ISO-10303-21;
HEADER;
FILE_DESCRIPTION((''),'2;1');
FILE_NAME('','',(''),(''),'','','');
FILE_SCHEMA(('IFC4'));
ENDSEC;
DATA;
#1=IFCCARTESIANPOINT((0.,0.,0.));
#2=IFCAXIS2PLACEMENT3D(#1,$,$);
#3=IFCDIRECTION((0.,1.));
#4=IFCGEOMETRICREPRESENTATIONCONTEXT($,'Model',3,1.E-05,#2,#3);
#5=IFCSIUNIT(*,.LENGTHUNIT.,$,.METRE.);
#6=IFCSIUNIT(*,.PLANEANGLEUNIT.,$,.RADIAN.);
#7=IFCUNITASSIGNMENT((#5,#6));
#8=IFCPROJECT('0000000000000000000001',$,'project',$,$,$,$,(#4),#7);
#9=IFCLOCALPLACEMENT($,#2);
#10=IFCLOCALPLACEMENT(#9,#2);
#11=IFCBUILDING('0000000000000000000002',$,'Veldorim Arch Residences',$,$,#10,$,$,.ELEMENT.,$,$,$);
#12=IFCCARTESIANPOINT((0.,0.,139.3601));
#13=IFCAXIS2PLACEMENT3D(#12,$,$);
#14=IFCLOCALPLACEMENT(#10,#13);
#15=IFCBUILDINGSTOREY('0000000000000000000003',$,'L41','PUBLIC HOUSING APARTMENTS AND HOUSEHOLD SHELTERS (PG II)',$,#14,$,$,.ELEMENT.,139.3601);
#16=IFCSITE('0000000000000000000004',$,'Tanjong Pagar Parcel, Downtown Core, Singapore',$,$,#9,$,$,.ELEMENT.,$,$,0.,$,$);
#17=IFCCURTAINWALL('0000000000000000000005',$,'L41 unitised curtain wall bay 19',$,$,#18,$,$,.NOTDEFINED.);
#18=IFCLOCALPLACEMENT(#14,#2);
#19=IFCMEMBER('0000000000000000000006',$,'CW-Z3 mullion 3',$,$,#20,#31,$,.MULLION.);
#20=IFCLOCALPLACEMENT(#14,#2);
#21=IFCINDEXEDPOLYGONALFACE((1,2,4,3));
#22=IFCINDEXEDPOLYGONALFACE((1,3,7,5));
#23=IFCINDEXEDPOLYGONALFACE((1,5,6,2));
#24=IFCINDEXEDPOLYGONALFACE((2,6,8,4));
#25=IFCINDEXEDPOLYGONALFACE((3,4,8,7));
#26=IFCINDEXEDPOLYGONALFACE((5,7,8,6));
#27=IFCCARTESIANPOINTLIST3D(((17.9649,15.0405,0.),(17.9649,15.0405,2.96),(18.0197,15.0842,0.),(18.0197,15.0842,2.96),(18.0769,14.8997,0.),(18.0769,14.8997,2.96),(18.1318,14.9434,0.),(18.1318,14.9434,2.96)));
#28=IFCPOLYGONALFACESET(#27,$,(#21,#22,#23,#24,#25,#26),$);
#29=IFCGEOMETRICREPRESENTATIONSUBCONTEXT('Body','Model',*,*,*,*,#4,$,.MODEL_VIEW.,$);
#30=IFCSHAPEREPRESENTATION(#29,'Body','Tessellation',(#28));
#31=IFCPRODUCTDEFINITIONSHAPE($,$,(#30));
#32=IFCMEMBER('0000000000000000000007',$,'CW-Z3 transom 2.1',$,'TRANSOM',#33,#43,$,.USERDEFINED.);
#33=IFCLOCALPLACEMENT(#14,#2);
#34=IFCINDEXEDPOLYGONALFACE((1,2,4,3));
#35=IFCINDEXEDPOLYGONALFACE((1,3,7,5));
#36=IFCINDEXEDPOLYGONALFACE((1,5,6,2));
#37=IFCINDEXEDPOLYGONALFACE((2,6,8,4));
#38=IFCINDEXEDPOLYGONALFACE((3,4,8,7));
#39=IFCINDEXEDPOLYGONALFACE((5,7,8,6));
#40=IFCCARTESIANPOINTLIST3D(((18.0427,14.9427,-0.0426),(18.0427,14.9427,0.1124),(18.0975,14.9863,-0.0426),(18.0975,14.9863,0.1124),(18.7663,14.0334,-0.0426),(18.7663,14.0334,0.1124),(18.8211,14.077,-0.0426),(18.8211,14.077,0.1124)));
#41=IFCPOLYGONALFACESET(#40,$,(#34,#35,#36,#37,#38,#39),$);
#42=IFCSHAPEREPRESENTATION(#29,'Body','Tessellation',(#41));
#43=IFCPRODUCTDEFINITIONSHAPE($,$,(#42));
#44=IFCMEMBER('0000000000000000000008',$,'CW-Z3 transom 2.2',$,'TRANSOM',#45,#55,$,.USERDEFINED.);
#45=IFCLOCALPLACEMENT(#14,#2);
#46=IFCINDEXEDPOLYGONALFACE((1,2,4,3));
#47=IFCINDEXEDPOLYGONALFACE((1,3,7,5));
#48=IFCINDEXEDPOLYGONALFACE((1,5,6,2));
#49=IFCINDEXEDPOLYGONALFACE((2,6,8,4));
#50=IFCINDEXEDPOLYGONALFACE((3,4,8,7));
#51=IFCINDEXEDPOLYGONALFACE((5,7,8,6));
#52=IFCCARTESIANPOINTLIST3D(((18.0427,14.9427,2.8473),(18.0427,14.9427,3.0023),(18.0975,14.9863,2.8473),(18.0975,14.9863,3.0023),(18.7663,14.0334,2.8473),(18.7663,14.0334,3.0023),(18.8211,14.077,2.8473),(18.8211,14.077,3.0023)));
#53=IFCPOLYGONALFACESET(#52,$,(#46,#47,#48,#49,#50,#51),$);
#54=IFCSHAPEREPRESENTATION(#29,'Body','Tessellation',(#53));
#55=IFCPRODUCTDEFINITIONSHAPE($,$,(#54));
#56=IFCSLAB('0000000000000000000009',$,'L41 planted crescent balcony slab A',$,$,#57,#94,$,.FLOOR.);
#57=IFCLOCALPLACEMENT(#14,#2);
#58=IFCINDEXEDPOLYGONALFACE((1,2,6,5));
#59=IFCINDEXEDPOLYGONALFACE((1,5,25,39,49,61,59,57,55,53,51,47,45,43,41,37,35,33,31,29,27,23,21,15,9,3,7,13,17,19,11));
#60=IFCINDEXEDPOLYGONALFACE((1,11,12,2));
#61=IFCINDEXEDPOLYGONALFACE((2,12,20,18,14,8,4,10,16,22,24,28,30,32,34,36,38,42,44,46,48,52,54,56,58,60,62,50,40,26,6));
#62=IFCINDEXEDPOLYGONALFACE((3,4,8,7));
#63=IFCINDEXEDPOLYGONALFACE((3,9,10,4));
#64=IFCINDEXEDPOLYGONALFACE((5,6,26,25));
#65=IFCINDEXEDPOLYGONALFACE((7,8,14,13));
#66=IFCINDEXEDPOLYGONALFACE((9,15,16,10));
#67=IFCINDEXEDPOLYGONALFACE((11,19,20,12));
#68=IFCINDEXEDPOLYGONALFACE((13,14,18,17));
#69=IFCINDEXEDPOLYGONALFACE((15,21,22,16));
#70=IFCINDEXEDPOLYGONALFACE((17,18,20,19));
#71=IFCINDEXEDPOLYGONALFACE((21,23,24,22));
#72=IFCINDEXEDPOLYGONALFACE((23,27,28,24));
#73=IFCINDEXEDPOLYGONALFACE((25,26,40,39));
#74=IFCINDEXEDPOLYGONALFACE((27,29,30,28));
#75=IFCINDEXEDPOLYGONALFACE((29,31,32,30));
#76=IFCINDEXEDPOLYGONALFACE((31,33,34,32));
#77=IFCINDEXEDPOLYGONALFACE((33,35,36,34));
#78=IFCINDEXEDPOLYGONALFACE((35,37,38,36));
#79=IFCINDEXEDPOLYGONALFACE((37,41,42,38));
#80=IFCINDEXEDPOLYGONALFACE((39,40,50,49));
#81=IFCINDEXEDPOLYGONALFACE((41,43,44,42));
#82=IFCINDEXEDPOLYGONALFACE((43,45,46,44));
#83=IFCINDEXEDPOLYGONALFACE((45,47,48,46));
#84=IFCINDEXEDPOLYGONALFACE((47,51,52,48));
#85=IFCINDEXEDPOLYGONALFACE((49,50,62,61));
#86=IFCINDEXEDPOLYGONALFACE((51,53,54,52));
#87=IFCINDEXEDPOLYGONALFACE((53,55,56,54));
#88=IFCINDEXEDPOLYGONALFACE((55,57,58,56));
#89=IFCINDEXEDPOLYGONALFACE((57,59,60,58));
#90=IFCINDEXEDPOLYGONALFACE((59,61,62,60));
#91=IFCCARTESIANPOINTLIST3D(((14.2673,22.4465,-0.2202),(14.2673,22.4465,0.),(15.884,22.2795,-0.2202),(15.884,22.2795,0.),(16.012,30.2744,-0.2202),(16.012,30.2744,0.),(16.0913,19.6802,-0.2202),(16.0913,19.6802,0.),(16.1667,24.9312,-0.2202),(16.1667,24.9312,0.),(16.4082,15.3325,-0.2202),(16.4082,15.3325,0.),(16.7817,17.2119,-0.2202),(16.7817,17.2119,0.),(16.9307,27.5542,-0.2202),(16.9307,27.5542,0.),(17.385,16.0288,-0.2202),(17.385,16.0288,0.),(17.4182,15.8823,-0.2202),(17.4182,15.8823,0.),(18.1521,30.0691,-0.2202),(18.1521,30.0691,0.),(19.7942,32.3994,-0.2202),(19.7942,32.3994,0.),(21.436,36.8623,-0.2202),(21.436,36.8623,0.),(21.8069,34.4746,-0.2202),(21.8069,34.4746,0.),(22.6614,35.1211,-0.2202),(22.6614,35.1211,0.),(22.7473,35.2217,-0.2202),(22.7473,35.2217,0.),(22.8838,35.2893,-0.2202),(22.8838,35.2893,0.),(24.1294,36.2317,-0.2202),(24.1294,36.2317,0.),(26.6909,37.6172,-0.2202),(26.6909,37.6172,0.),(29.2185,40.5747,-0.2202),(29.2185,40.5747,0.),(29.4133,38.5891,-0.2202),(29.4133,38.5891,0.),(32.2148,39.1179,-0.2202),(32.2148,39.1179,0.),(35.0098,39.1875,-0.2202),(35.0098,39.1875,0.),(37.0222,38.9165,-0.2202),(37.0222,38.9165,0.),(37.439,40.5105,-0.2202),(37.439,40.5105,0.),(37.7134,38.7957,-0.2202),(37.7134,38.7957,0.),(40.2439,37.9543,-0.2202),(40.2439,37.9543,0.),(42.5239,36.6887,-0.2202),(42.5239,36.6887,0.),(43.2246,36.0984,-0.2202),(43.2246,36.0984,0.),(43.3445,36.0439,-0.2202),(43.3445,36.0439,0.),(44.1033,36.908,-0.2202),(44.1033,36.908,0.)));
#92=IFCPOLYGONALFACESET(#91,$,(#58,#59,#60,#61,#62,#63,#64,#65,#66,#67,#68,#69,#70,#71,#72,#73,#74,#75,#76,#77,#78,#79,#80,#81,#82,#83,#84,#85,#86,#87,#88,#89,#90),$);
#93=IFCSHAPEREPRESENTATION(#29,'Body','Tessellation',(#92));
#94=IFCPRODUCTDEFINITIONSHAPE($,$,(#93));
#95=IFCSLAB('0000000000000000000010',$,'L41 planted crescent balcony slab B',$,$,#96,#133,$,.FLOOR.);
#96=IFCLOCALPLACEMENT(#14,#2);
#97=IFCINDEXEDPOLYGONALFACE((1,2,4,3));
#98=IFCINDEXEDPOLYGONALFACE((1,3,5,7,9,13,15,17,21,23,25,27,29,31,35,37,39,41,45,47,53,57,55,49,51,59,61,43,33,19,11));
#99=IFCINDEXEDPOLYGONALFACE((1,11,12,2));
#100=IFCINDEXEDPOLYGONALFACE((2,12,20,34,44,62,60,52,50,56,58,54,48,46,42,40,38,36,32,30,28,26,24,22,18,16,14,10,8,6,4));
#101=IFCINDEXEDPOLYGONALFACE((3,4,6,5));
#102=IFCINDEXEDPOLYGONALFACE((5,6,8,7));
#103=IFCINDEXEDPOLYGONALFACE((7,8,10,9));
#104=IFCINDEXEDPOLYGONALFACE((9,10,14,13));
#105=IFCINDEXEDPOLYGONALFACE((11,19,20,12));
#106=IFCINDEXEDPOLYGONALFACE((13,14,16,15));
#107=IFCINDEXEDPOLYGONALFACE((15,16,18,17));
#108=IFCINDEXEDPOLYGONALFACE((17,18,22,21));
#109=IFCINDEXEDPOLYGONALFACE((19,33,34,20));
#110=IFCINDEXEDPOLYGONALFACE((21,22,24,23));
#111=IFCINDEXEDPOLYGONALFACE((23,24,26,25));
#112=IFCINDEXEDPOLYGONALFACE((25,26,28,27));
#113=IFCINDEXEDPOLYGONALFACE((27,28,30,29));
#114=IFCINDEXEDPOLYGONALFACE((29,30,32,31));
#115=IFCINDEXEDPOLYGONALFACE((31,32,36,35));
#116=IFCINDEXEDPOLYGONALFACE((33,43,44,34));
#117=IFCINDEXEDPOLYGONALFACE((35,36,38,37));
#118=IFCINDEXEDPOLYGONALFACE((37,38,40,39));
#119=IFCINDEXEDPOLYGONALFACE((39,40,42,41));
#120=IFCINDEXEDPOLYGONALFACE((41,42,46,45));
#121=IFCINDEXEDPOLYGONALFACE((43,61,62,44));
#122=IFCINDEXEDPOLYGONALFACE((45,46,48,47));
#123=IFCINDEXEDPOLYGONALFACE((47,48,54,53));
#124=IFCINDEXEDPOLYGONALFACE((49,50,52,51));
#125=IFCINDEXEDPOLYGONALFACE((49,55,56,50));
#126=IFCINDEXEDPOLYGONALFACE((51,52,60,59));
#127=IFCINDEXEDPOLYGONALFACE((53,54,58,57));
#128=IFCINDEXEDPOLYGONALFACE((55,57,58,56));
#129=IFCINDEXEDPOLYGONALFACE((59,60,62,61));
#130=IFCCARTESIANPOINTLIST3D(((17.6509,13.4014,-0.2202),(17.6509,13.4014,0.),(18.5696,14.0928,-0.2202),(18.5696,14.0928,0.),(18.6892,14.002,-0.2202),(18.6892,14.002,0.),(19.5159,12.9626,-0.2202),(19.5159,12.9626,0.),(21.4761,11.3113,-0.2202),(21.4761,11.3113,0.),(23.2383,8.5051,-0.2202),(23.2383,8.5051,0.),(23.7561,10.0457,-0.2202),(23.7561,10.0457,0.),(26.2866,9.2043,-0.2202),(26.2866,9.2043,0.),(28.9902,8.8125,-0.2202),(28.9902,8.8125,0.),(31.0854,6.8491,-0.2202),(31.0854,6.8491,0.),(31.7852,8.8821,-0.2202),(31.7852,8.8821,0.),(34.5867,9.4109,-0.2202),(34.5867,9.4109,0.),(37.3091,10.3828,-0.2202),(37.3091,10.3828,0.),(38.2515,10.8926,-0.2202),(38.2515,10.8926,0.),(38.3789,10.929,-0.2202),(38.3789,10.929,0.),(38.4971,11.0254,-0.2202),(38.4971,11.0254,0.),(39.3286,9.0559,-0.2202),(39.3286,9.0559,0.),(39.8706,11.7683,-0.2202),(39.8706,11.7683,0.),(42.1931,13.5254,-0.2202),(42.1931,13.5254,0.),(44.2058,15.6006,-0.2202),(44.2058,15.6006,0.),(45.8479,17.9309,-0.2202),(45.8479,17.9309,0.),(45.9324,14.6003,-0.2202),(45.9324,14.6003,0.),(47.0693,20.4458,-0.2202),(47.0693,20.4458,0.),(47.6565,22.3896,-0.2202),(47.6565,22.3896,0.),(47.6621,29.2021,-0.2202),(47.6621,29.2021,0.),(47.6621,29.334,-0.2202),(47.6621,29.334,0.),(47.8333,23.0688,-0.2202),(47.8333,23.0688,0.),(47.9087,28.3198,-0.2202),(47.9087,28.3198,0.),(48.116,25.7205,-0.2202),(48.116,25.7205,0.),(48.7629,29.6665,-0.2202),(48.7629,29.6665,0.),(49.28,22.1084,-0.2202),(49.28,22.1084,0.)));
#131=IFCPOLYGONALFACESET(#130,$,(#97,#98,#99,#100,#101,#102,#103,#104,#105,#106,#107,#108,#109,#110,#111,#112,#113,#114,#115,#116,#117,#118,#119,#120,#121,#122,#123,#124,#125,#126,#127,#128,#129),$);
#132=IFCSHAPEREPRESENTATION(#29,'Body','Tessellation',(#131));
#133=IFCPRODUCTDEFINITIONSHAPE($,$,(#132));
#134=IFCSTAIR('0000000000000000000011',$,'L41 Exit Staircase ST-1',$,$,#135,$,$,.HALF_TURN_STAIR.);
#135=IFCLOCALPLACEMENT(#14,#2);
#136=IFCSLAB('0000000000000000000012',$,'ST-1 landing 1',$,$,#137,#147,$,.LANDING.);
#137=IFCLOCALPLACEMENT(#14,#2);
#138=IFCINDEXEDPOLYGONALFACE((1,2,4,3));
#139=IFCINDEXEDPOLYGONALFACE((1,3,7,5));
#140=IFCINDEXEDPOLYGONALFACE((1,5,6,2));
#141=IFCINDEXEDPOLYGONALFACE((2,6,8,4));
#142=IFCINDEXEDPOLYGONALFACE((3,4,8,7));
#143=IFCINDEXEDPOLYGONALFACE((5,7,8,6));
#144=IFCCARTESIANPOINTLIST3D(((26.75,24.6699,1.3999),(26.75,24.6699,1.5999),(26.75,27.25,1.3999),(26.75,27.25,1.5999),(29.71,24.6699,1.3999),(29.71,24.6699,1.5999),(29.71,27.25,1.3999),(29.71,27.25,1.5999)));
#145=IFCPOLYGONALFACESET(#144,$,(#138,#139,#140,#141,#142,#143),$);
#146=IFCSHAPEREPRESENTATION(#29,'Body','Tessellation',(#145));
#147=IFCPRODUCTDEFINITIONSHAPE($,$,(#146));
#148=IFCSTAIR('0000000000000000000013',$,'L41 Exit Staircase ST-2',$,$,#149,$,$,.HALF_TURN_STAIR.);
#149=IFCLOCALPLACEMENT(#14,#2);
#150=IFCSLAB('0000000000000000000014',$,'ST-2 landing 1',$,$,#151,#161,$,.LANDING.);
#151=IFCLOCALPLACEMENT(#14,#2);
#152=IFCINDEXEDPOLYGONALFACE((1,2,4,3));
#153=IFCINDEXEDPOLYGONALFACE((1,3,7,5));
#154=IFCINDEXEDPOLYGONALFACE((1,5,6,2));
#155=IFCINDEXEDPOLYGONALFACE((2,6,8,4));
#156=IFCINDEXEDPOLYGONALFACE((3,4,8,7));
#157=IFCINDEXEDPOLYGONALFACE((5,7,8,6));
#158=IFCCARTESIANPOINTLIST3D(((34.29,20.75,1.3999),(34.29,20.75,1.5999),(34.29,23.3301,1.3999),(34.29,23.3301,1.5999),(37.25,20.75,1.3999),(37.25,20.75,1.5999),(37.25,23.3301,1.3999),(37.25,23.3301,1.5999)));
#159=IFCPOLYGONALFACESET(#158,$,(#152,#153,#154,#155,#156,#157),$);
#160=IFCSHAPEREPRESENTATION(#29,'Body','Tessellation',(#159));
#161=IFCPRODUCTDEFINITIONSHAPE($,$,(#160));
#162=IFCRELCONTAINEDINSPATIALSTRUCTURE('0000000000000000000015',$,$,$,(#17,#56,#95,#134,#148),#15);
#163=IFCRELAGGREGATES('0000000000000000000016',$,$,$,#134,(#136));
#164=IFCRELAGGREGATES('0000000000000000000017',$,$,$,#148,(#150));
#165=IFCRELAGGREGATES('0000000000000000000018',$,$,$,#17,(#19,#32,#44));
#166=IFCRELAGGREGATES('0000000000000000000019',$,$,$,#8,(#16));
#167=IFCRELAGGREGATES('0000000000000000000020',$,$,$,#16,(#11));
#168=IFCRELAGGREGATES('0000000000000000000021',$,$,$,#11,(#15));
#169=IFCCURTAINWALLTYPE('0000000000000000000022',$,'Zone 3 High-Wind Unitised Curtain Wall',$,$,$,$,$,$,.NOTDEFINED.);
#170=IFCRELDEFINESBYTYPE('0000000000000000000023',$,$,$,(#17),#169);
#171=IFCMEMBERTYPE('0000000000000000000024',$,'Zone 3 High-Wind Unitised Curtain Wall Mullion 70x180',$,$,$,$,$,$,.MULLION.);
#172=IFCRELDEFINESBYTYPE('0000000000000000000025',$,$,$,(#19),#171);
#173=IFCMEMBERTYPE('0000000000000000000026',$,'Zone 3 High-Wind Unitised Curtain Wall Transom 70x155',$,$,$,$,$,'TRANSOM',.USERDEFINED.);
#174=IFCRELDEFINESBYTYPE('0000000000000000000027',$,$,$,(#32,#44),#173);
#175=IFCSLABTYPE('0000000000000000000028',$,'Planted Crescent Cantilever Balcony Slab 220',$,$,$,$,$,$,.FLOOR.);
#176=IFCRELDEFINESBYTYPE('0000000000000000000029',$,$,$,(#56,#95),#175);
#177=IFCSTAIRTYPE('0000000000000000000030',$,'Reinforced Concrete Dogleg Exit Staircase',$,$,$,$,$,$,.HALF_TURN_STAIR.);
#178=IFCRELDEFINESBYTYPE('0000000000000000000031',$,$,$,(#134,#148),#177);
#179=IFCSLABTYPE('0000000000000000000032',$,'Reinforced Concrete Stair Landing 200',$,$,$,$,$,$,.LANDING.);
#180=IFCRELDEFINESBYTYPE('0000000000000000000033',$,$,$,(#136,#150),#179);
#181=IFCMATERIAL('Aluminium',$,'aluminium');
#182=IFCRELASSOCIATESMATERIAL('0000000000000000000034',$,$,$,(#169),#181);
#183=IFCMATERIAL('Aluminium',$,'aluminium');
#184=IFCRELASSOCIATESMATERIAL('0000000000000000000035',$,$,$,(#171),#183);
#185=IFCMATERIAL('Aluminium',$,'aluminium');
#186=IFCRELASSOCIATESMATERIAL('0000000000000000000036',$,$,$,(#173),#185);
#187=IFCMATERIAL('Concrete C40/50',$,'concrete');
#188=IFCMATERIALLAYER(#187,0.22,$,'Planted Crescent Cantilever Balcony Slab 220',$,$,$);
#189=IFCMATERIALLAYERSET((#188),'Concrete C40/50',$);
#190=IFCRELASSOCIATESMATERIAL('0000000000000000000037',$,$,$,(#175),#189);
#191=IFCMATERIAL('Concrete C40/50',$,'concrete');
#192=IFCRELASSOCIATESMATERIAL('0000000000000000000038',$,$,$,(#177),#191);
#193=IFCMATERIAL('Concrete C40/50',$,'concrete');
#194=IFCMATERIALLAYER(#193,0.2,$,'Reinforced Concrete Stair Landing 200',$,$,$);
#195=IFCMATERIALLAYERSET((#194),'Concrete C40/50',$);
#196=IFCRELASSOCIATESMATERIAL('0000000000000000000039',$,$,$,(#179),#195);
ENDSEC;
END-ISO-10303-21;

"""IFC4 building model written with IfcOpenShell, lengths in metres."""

from ifc_helpers import new_model, si_unit, direction, frame, origin, origin_2d, place, context, subcontext, project, spatial, polyline, rectangle, outline, extrude, material, layer, layer_set, material_profile, profile_set, type_object, element, aggregate, save


model = new_model("IFC4")

# Units and contexts
model_context = context("Model", 3, precision=1e-05, world=origin(), true_north=direction((0.0, 1.0)))
body_context = subcontext(model_context, "Body", "Model", "MODEL_VIEW")
ifc_project = project(units=[si_unit("LENGTHUNIT", "METRE"), si_unit("PLANEANGLEUNIT", "RADIAN")], contexts=[model_context])

# Site, building, storey
site_placement = place(None, origin())
site = spatial("IfcSite", under=ifc_project, at=site_placement, Name="Tanjong Pagar Parcel, Downtown Core, Singapore", CompositionType="ELEMENT", RefElevation=0.0)
building_placement = place(site_placement, origin())
building = spatial("IfcBuilding", under=site, at=building_placement, Name="Veldorim Arch Residences", CompositionType="ELEMENT")
storey_placement = place(building_placement, frame((0.0, 0.0, 139.3601)))
storey = spatial("IfcBuildingStorey", under=building, at=storey_placement, Name="L41", Description="PUBLIC HOUSING APARTMENTS AND HOUSEHOLD SHELTERS (PG II)", CompositionType="ELEMENT", Elevation=139.3601)

# Curtain wall, members
ifc_material_1 = material(Name="Aluminium", Category="aluminium")
curtain_wall_type = type_object("IfcCurtainWallType", Name="Zone 3 High-Wind Unitised Curtain Wall", PredefinedType="NOTDEFINED", material=ifc_material_1)
curtain_wall_placement = place(storey_placement, origin())
curtain_wall = element("IfcCurtainWall", 1, at=curtain_wall_placement, inside=storey, type_object=curtain_wall_type, Name="L41 unitised curtain wall bay 19", PredefinedType="NOTDEFINED")
ifc_material_2 = material(Name="Aluminium", Category="aluminium")
ifc_material_profile_1 = material_profile(ifc_material_2, rectangle(XDim=0.0701, YDim=0.1799, at=origin_2d()), Name="ALU_MUL_70x180")
ifc_profile_set_1 = profile_set([ifc_material_profile_1], Name="Aluminium")
member_type_1 = type_object("IfcMemberType", Name="Zone 3 High-Wind Unitised Curtain Wall Mullion 70x180", PredefinedType="MULLION", material=ifc_profile_set_1)
member_1_placement = place(storey_placement, frame((18.0483, 14.9919, 0.0), z_axis=(0.0, 0.0, 1.0), x_axis=(-0.782556, -0.62258, 0.0)))
member_1 = element("IfcMember", 2, at=member_1_placement, type_object=member_type_1, Name="CW-Z3 mullion 3", PredefinedType="MULLION", context=body_context, shape_type="SweptSolid", body=[
    extrude(rectangle(XDim=0.0701, YDim=0.1799, at=origin_2d()), origin(), (0.0, 0.0, 1.0), 2.96),
])
ifc_material_3 = material(Name="Aluminium", Category="aluminium")
ifc_material_profile_2 = material_profile(ifc_material_3, rectangle(XDim=0.0701, YDim=0.155, at=origin_2d()), Name="ALU_TRN_70x155")
ifc_profile_set_2 = profile_set([ifc_material_profile_2], Name="Aluminium")
member_type_2 = type_object("IfcMemberType", Name="Zone 3 High-Wind Unitised Curtain Wall Transom 70x155", ElementType="TRANSOM", PredefinedType="USERDEFINED", material=ifc_profile_set_2)
member_2_placement = place(storey_placement, frame((18.7937, 14.0552, 0.0349), z_axis=(-0.622643, 0.782506, 0.0), x_axis=(-0.782506, -0.622643, 0.0)))
member_2 = element("IfcMember", 3, at=member_2_placement, type_object=member_type_2, Name="CW-Z3 transom 2.1", ObjectType="TRANSOM", PredefinedType="USERDEFINED", context=body_context, shape_type="SweptSolid", body=[
    extrude(rectangle(XDim=0.0701, YDim=0.155, at=origin_2d()), origin(), (0.0, 0.0, 1.0), 1.1621),
])
member_3_placement = place(storey_placement, frame((18.7937, 14.0552, 2.9248), z_axis=(-0.622643, 0.782506, 0.0), x_axis=(-0.782506, -0.622643, 0.0)))
member_3 = element("IfcMember", 4, at=member_3_placement, type_object=member_type_2, Name="CW-Z3 transom 2.2", ObjectType="TRANSOM", PredefinedType="USERDEFINED", context=body_context, shape_type="SweptSolid", body=[
    extrude(rectangle(XDim=0.0701, YDim=0.155, at=origin_2d()), origin(), (0.0, 0.0, 1.0), 1.1621),
])

# Slabs
ifc_material_4 = material(Name="Concrete C40/50", Category="concrete")
ifc_layer_1 = layer(ifc_material_4, 0.22, Name="Planted Crescent Cantilever Balcony Slab 220")
ifc_layer_set_1 = layer_set([ifc_layer_1], Name="Concrete C40/50")
slab_type_1 = type_object("IfcSlabType", Name="Planted Crescent Cantilever Balcony Slab 220", PredefinedType="FLOOR", material=ifc_layer_set_1)
slab_1_placement = place(storey_placement, frame((0.0, 0.0, -0.2202)))
element("IfcSlab", 5, at=slab_1_placement, inside=storey, type_object=slab_type_1, Name="L41 planted crescent balcony slab A", PredefinedType="FLOOR", context=body_context, shape_type="SweptSolid", body=[
    extrude(outline(polyline([(43.2246, 36.0984), (42.5239, 36.6887), (40.2439, 37.9543), (37.7134, 38.7957), (37.0222, 38.9165), (35.0098, 39.1875), (32.2148, 39.1179), (29.4133, 38.5891), (26.6909, 37.6172), (24.1294, 36.2317), (22.8838, 35.2893), (22.7473, 35.2217), (22.6614, 35.1211), (21.8069, 34.4746), (19.7942, 32.3994), (18.1521, 30.0691), (16.9307, 27.5542), (16.1667, 24.9312), (15.884, 22.2795), (16.0913, 19.6802), (16.7817, 17.2119), (17.385, 16.0288), (17.4182, 15.8823), (16.4082, 15.3325), (14.2673, 22.4465), (16.012, 30.2744), (21.436, 36.8623), (29.2185, 40.5747), (37.439, 40.5105), (44.1033, 36.908), (43.3445, 36.0439), (43.2246, 36.0984)])), origin(), (0.0, 0.0, 1.0), 0.2202),
])
slab_2_placement = place(storey_placement, frame((0.0, 0.0, -0.2202)))
element("IfcSlab", 6, at=slab_2_placement, inside=storey, type_object=slab_type_1, Name="L41 planted crescent balcony slab B", PredefinedType="FLOOR", context=body_context, shape_type="SweptSolid", body=[
    extrude(outline(polyline([(18.6892, 14.002), (19.5159, 12.9626), (21.4761, 11.3113), (23.7561, 10.0457), (26.2866, 9.2043), (28.9902, 8.8125), (31.7852, 8.8821), (34.5867, 9.4109), (37.3091, 10.3828), (38.2515, 10.8926), (38.3789, 10.929), (38.4971, 11.0254), (39.8706, 11.7683), (42.1931, 13.5254), (44.2058, 15.6006), (45.8479, 17.9309), (47.0693, 20.4458), (47.6565, 22.3896), (47.8333, 23.0688), (48.116, 25.7205), (47.9087, 28.3198), (47.6621, 29.2021), (47.6621, 29.334), (48.7629, 29.6665), (49.28, 22.1084), (45.9324, 14.6003), (39.3286, 9.0559), (31.0854, 6.8491), (23.2383, 8.5051), (17.6509, 13.4014), (18.5696, 14.0928), (18.6892, 14.002)])), origin(), (0.0, 0.0, 1.0), 0.2202),
])

# Stairs, slabs
ifc_material_5 = material(Name="Concrete C40/50", Category="concrete")
stair_type = type_object("IfcStairType", Name="Reinforced Concrete Dogleg Exit Staircase", PredefinedType="HALF_TURN_STAIR", material=ifc_material_5)
stair_1_placement = place(storey_placement, origin())
stair_1 = element("IfcStair", 7, at=stair_1_placement, inside=storey, type_object=stair_type, Name="L41 Exit Staircase ST-1", PredefinedType="HALF_TURN_STAIR")
ifc_material_6 = material(Name="Concrete C40/50", Category="concrete")
ifc_layer_2 = layer(ifc_material_6, 0.2, Name="Reinforced Concrete Stair Landing 200")
ifc_layer_set_2 = layer_set([ifc_layer_2], Name="Concrete C40/50")
slab_type_2 = type_object("IfcSlabType", Name="Reinforced Concrete Stair Landing 200", PredefinedType="LANDING", material=ifc_layer_set_2)
slab_3_placement = place(storey_placement, frame((0.0, 0.0, 1.3999)))
slab_3 = element("IfcSlab", 8, at=slab_3_placement, type_object=slab_type_2, Name="ST-1 landing 1", PredefinedType="LANDING", context=body_context, shape_type="SweptSolid", body=[
    extrude(outline(polyline([(29.71, 24.6699), (29.71, 27.25), (26.75, 27.25), (26.75, 24.6699), (29.71, 24.6699)])), origin(), (0.0, 0.0, 1.0), 0.2),
])
aggregate(stair_1, [slab_3])
stair_2_placement = place(storey_placement, origin())
stair_2 = element("IfcStair", 9, at=stair_2_placement, inside=storey, type_object=stair_type, Name="L41 Exit Staircase ST-2", PredefinedType="HALF_TURN_STAIR")
slab_4_placement = place(storey_placement, frame((0.0, 0.0, 1.3999)))
slab_4 = element("IfcSlab", 10, at=slab_4_placement, type_object=slab_type_2, Name="ST-2 landing 1", PredefinedType="LANDING", context=body_context, shape_type="SweptSolid", body=[
    extrude(outline(polyline([(34.29, 23.3301), (34.29, 20.75), (37.25, 20.75), (37.25, 23.3301), (34.29, 23.3301)])), origin(), (0.0, 0.0, 1.0), 0.2),
])
aggregate(stair_2, [slab_4])

aggregate(curtain_wall, [member_1, member_2, member_3])

save(model, "model.ifc")
